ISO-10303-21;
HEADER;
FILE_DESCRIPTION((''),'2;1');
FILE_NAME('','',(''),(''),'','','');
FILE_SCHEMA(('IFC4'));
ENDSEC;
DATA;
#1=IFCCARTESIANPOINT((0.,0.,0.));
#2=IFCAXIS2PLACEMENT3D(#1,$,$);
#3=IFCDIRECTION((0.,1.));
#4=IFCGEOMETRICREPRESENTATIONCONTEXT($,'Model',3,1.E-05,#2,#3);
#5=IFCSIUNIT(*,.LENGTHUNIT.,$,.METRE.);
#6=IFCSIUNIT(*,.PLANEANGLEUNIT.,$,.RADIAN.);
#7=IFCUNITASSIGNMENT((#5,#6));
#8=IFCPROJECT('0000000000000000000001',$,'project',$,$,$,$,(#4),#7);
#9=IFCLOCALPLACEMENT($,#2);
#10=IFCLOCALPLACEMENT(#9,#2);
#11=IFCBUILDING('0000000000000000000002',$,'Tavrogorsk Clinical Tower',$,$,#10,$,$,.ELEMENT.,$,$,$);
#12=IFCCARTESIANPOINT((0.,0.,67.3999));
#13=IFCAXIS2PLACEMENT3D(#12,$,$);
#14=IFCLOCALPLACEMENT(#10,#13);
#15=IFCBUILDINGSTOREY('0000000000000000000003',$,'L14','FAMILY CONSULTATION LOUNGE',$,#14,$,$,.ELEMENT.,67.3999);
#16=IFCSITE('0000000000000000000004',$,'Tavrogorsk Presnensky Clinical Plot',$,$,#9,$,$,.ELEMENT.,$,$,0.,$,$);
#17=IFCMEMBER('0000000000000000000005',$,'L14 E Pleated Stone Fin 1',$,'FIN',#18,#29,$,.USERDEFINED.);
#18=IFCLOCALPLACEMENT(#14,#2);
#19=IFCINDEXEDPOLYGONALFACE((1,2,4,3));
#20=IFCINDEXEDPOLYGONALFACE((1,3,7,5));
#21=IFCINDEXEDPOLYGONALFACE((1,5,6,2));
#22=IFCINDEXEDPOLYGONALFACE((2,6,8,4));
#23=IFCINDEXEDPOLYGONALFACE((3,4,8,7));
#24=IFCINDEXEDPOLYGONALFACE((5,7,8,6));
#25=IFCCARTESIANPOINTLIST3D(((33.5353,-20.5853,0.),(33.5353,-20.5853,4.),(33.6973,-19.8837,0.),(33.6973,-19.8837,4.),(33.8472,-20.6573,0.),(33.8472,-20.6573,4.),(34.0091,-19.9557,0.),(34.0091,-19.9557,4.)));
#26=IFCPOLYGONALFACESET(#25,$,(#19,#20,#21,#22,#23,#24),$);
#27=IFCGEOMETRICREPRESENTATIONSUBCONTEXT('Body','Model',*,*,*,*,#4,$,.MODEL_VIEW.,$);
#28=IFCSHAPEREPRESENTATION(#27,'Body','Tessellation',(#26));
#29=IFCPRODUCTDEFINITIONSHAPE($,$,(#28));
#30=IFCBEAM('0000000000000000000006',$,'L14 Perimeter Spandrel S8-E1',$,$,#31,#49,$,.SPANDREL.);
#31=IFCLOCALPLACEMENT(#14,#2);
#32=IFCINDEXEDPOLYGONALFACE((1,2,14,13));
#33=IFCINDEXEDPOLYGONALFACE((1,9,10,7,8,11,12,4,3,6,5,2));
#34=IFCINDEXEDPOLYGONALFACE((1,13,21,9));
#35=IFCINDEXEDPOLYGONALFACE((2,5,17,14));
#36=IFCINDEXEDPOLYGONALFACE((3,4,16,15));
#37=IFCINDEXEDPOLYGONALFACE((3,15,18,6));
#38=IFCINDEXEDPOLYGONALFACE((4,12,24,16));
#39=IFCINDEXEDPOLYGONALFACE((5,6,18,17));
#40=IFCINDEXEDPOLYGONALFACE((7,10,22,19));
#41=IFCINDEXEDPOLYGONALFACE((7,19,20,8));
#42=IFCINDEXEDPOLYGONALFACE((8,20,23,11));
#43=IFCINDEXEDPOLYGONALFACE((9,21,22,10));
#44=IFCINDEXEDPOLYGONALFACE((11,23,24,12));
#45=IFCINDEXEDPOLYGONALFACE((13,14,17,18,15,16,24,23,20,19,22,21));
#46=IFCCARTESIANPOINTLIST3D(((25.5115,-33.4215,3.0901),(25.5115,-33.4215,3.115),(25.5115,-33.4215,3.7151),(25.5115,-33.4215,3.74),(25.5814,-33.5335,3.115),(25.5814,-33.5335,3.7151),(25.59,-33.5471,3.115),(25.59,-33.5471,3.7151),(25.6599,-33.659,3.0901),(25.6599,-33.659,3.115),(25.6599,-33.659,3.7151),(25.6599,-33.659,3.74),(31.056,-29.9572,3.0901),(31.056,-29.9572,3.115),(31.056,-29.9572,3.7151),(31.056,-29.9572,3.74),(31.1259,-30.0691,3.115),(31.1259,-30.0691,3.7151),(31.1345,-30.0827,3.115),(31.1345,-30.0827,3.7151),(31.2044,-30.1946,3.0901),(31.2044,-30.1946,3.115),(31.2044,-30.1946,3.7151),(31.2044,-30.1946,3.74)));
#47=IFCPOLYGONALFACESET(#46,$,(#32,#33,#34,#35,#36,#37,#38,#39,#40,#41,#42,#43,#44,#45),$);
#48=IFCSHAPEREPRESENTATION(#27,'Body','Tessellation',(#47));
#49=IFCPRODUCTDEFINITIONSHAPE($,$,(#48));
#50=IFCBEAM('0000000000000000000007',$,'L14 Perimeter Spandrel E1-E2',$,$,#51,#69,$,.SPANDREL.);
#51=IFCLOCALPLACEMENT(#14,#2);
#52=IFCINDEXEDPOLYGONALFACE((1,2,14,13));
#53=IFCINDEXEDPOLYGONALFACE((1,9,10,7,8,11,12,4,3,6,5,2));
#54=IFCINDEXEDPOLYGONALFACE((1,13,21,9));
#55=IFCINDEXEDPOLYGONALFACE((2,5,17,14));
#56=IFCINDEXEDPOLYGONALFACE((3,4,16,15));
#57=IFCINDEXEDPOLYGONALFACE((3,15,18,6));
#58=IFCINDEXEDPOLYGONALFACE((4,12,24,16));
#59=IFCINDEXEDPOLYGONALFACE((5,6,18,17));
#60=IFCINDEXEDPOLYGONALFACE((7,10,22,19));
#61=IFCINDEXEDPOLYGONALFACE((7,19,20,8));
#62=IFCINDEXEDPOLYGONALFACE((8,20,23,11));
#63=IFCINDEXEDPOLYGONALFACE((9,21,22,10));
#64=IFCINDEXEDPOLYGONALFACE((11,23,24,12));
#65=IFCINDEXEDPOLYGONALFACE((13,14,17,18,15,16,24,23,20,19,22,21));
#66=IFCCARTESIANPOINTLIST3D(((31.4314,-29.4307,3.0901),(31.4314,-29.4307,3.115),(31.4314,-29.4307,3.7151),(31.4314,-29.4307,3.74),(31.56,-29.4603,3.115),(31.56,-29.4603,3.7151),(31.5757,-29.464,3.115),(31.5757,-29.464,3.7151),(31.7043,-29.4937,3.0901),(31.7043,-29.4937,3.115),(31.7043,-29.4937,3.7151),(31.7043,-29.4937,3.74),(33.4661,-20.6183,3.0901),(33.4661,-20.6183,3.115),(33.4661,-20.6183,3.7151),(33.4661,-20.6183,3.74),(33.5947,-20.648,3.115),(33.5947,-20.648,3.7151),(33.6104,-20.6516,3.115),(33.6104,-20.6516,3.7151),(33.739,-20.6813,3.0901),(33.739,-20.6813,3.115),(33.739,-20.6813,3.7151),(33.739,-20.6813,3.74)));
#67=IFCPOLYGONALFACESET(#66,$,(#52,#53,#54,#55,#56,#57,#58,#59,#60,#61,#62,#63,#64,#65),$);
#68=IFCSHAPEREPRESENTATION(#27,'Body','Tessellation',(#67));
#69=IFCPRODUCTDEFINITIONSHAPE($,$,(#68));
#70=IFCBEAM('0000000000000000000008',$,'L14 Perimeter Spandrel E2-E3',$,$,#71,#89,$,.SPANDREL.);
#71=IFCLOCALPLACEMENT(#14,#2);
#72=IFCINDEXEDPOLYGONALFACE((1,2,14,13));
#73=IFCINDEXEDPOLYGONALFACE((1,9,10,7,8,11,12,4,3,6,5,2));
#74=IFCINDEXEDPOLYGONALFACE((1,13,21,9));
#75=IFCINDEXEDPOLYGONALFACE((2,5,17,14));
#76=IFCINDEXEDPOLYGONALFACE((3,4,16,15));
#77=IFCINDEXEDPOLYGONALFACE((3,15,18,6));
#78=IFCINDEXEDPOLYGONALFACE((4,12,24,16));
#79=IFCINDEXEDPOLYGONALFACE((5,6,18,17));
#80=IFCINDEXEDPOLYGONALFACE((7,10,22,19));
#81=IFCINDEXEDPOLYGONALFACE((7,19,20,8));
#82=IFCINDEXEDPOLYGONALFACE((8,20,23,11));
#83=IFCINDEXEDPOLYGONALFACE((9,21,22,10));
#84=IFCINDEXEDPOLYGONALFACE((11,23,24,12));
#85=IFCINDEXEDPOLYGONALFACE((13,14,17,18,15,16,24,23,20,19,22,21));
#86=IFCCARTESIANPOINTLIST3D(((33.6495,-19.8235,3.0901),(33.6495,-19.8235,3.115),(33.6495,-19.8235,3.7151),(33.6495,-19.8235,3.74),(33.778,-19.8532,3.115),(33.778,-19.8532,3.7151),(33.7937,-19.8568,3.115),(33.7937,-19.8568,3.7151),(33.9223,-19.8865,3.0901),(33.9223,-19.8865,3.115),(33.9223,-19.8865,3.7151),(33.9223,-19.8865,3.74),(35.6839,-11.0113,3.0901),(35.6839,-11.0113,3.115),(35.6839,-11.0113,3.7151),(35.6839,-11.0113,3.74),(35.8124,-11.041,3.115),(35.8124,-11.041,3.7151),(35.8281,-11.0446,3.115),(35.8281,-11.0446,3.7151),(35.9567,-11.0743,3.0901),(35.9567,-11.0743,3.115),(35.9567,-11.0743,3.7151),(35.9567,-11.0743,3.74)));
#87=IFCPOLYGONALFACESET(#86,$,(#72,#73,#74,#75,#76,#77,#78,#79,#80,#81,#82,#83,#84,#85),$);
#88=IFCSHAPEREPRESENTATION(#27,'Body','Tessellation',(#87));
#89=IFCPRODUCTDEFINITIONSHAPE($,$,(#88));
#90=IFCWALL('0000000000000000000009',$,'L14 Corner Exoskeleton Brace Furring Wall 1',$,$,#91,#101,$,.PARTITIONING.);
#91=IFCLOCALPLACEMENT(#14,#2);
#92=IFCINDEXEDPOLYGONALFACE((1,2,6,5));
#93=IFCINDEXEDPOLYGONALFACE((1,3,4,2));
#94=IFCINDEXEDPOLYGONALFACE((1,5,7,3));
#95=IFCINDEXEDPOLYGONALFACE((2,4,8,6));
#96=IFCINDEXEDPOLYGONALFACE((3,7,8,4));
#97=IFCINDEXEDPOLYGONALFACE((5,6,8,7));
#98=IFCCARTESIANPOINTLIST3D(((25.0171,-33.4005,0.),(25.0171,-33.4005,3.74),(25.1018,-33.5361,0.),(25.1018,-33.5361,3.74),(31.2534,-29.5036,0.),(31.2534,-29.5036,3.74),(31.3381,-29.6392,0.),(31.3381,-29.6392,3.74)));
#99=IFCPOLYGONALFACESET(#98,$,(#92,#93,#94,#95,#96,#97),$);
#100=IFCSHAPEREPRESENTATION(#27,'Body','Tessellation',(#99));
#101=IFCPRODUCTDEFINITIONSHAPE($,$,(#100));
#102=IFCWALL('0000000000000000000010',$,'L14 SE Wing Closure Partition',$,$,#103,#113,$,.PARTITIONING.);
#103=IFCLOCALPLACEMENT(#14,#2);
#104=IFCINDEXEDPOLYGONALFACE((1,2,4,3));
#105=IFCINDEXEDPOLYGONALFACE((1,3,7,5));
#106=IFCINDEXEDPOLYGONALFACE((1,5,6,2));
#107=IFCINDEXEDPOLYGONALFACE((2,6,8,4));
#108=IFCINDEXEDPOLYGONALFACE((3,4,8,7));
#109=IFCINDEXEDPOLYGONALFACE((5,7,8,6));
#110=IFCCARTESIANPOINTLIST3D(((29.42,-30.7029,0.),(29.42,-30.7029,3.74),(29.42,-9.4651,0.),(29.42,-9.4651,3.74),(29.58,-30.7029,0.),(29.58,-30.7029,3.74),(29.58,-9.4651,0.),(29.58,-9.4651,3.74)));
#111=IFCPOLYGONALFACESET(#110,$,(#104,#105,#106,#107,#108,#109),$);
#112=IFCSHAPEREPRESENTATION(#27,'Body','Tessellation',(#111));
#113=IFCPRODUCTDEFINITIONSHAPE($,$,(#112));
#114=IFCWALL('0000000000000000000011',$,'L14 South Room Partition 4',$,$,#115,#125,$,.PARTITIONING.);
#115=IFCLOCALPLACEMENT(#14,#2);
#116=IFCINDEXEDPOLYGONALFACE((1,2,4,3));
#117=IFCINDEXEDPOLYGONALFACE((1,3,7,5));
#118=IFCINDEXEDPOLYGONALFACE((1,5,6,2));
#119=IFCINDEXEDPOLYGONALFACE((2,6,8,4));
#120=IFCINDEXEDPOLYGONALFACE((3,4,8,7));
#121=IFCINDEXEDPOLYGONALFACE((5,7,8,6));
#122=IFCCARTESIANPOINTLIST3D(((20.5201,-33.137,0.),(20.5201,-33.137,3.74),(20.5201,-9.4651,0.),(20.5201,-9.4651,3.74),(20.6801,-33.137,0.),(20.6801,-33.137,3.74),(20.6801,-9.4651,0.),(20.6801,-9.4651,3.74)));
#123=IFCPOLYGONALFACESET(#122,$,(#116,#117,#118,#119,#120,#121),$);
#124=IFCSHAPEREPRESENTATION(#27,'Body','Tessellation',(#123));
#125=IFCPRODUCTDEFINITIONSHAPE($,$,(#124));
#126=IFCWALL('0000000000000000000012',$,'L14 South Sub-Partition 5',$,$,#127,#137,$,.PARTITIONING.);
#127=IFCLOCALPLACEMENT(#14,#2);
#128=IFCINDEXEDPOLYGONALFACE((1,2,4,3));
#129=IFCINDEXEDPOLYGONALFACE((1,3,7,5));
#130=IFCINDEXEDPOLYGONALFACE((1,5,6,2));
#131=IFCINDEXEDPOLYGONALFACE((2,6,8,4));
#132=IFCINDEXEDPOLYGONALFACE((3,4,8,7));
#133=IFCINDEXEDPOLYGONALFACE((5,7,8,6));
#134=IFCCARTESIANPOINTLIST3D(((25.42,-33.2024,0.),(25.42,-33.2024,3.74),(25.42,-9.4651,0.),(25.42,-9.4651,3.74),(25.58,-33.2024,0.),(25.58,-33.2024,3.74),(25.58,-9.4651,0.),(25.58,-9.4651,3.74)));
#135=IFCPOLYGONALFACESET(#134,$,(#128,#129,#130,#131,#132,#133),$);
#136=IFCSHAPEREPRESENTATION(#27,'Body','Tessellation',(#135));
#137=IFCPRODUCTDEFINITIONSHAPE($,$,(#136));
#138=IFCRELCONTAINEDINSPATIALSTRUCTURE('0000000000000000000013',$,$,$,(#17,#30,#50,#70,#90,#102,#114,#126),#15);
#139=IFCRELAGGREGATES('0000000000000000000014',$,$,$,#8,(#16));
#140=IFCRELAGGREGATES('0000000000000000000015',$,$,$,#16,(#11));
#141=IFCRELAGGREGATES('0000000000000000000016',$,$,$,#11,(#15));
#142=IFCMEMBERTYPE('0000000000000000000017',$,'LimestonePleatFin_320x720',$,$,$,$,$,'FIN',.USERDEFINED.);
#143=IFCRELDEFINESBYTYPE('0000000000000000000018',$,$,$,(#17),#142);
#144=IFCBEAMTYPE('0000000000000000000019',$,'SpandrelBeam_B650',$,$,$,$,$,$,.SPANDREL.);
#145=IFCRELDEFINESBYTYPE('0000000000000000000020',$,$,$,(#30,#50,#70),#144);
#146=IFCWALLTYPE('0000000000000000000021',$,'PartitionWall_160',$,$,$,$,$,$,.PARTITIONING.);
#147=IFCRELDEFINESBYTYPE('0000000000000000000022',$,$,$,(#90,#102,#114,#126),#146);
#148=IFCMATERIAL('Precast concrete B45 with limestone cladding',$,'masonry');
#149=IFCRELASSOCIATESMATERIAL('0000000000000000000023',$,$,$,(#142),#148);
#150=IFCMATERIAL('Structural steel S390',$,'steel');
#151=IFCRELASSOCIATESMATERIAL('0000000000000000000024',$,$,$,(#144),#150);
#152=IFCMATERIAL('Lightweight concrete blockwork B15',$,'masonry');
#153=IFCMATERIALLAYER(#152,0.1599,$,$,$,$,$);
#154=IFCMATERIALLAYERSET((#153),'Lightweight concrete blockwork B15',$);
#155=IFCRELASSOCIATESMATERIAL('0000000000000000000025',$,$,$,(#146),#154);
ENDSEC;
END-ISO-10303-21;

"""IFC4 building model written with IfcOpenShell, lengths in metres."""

from ifc_helpers import new_model, si_unit, direction, frame, frame_2d, origin, origin_2d, place, context, subcontext, project, spatial, rectangle, i_section, extrude, material, layer, layer_set, material_profile, profile_set, type_object, element, save


model = new_model("IFC4")

# Units and contexts
model_context = context("Model", 3, precision=1e-05, world=origin(), true_north=direction((0.0, 1.0)))
body_context = subcontext(model_context, "Body", "Model", "MODEL_VIEW")
ifc_project = project(units=[si_unit("LENGTHUNIT", "METRE"), si_unit("PLANEANGLEUNIT", "RADIAN")], contexts=[model_context])

# Site, building, storey
site_placement = place(None, origin())
site = spatial("IfcSite", under=ifc_project, at=site_placement, Name="Tavrogorsk Presnensky Clinical Plot", CompositionType="ELEMENT", RefElevation=0.0)
building_placement = place(site_placement, origin())
building = spatial("IfcBuilding", under=site, at=building_placement, Name="Tavrogorsk Clinical Tower", CompositionType="ELEMENT")
storey_placement = place(building_placement, frame((0.0, 0.0, 67.3999)))
storey = spatial("IfcBuildingStorey", under=building, at=storey_placement, Name="L14", Description="FAMILY CONSULTATION LOUNGE", CompositionType="ELEMENT", Elevation=67.3999)

# Member
ifc_material_1 = material(Name="Precast concrete B45 with limestone cladding", Category="masonry")
ifc_material_profile_1 = material_profile(ifc_material_1, rectangle(XDim=0.3201, YDim=0.72, at=origin_2d()), Name="LIMESTONE-FIN-320x720")
ifc_profile_set_1 = profile_set([ifc_material_profile_1], Name="Precast concrete B45 with limestone cladding")
member_type_1 = type_object("IfcMemberType", Name="LimestonePleatFin_320x720", ElementType="FIN", PredefinedType="USERDEFINED", material=ifc_profile_set_1)
member_1_placement = place(storey_placement, frame((33.7722, -20.2705, 0.0), z_axis=(0.0, 0.0, 1.0), x_axis=(0.97437, -0.224951, 0.0)))
element("IfcMember", 1, at=member_1_placement, inside=storey, type_object=member_type_1, Name="L14 E Pleated Stone Fin 1", ObjectType="FIN", PredefinedType="USERDEFINED", context=body_context, shape_type="SweptSolid", body=[
    extrude(rectangle(XDim=0.3201, YDim=0.72, at=origin_2d()), origin(), (0.0, 0.0, 1.0), 4.0),
])

# Beams
ifc_material_2 = material(Name="Structural steel S390", Category="steel")
ifc_material_profile_2 = material_profile(ifc_material_2, i_section(OverallWidth=0.28, OverallDepth=0.6499, WebThickness=0.0161, FlangeThickness=0.0249, at=origin_2d()), Name="B-650x280x16x25")
ifc_profile_set_2 = profile_set([ifc_material_profile_2], Name="Structural steel S390")
beam_type_1 = type_object("IfcBeamType", Name="SpandrelBeam_B650", PredefinedType="SPANDREL", material=ifc_profile_set_2)
beam_1_placement = place(storey_placement, frame((25.5857, -33.5403, 3.415), z_axis=(0.848061, 0.529898, 0.0), x_axis=(-0.529898, 0.848061, 0.0)))
element("IfcBeam", 2, at=beam_1_placement, inside=storey, type_object=beam_type_1, Name="L14 Perimeter Spandrel S8-E1", PredefinedType="SPANDREL", context=body_context, shape_type="SweptSolid", body=[
    extrude(i_section(OverallWidth=0.28, OverallDepth=0.6499, WebThickness=0.0161, FlangeThickness=0.0249, at=origin_2d()), origin(), (0.0, 0.0, 1.0), 6.5378),
])
beam_2_placement = place(storey_placement, frame((31.5679, -29.4622, 3.415), z_axis=(0.224972, 0.974365, 0.0), x_axis=(-0.974365, 0.224972, 0.0)))
element("IfcBeam", 3, at=beam_2_placement, inside=storey, type_object=beam_type_1, Name="L14 Perimeter Spandrel E1-E2", PredefinedType="SPANDREL", context=body_context, shape_type="SweptSolid", body=[
    extrude(i_section(OverallWidth=0.28, OverallDepth=0.6499, WebThickness=0.0161, FlangeThickness=0.0249, at=origin_2d()), origin(), (0.0, 0.0, 1.0), 9.0442),
])
beam_3_placement = place(storey_placement, frame((33.7859, -19.855, 3.415), z_axis=(0.224946, 0.974371, 0.0), x_axis=(-0.974371, 0.224946, 0.0)))
element("IfcBeam", 4, at=beam_3_placement, inside=storey, type_object=beam_type_1, Name="L14 Perimeter Spandrel E2-E3", PredefinedType="SPANDREL", context=body_context, shape_type="SweptSolid", body=[
    extrude(i_section(OverallWidth=0.28, OverallDepth=0.6499, WebThickness=0.0161, FlangeThickness=0.0249, at=origin_2d()), origin(), (0.0, 0.0, 1.0), 9.0439),
])

# Walls
ifc_material_3 = material(Name="Lightweight concrete blockwork B15", Category="masonry")
ifc_layer_1 = layer(ifc_material_3, 0.1599)
ifc_layer_set_1 = layer_set([ifc_layer_1], Name="Lightweight concrete blockwork B15")
wall_type_1 = type_object("IfcWallType", Name="PartitionWall_160", PredefinedType="PARTITIONING", material=ifc_layer_set_1)
wall_1_placement = place(storey_placement, frame((25.0596, -33.4683, 0.0), z_axis=(0.0, 0.0, 1.0), x_axis=(0.848043, 0.529927, 0.0)))
element("IfcWall", 5, at=wall_1_placement, inside=storey, type_object=wall_type_1, Name="L14 Corner Exoskeleton Brace Furring Wall 1", PredefinedType="PARTITIONING", context=body_context, shape_type="SweptSolid", body=[
    extrude(rectangle(XDim=7.3538, YDim=0.1599, at=frame_2d((3.6768, 0.0))), origin(), (0.0, 0.0, 1.0), 3.74),
])
wall_2_placement = place(storey_placement, frame((29.5, -30.7029, 0.0), z_axis=(0.0, 0.0, 1.0), x_axis=(0.0, 1.0, 0.0)))
element("IfcWall", 6, at=wall_2_placement, inside=storey, type_object=wall_type_1, Name="L14 SE Wing Closure Partition", PredefinedType="PARTITIONING", context=body_context, shape_type="SweptSolid", body=[
    extrude(rectangle(XDim=21.2378, YDim=0.1599, at=frame_2d((10.6189, 0.0))), origin(), (0.0, 0.0, 1.0), 3.74),
])
wall_3_placement = place(storey_placement, frame((20.6001, -33.137, 0.0), z_axis=(0.0, 0.0, 1.0), x_axis=(0.0, 1.0, 0.0)))
element("IfcWall", 7, at=wall_3_placement, inside=storey, type_object=wall_type_1, Name="L14 South Room Partition 4", PredefinedType="PARTITIONING", context=body_context, shape_type="SweptSolid", body=[
    extrude(rectangle(XDim=23.6719, YDim=0.1599, at=frame_2d((11.8359, 0.0))), origin(), (0.0, 0.0, 1.0), 3.74),
])
wall_4_placement = place(storey_placement, frame((25.5, -33.2024, 0.0), z_axis=(0.0, 0.0, 1.0), x_axis=(0.0, 1.0, 0.0)))
element("IfcWall", 8, at=wall_4_placement, inside=storey, type_object=wall_type_1, Name="L14 South Sub-Partition 5", PredefinedType="PARTITIONING", context=body_context, shape_type="SweptSolid", body=[
    extrude(rectangle(XDim=23.7373, YDim=0.1599, at=frame_2d((11.8687, 0.0))), origin(), (0.0, 0.0, 1.0), 3.74),
])

save(model, "model.ifc")
